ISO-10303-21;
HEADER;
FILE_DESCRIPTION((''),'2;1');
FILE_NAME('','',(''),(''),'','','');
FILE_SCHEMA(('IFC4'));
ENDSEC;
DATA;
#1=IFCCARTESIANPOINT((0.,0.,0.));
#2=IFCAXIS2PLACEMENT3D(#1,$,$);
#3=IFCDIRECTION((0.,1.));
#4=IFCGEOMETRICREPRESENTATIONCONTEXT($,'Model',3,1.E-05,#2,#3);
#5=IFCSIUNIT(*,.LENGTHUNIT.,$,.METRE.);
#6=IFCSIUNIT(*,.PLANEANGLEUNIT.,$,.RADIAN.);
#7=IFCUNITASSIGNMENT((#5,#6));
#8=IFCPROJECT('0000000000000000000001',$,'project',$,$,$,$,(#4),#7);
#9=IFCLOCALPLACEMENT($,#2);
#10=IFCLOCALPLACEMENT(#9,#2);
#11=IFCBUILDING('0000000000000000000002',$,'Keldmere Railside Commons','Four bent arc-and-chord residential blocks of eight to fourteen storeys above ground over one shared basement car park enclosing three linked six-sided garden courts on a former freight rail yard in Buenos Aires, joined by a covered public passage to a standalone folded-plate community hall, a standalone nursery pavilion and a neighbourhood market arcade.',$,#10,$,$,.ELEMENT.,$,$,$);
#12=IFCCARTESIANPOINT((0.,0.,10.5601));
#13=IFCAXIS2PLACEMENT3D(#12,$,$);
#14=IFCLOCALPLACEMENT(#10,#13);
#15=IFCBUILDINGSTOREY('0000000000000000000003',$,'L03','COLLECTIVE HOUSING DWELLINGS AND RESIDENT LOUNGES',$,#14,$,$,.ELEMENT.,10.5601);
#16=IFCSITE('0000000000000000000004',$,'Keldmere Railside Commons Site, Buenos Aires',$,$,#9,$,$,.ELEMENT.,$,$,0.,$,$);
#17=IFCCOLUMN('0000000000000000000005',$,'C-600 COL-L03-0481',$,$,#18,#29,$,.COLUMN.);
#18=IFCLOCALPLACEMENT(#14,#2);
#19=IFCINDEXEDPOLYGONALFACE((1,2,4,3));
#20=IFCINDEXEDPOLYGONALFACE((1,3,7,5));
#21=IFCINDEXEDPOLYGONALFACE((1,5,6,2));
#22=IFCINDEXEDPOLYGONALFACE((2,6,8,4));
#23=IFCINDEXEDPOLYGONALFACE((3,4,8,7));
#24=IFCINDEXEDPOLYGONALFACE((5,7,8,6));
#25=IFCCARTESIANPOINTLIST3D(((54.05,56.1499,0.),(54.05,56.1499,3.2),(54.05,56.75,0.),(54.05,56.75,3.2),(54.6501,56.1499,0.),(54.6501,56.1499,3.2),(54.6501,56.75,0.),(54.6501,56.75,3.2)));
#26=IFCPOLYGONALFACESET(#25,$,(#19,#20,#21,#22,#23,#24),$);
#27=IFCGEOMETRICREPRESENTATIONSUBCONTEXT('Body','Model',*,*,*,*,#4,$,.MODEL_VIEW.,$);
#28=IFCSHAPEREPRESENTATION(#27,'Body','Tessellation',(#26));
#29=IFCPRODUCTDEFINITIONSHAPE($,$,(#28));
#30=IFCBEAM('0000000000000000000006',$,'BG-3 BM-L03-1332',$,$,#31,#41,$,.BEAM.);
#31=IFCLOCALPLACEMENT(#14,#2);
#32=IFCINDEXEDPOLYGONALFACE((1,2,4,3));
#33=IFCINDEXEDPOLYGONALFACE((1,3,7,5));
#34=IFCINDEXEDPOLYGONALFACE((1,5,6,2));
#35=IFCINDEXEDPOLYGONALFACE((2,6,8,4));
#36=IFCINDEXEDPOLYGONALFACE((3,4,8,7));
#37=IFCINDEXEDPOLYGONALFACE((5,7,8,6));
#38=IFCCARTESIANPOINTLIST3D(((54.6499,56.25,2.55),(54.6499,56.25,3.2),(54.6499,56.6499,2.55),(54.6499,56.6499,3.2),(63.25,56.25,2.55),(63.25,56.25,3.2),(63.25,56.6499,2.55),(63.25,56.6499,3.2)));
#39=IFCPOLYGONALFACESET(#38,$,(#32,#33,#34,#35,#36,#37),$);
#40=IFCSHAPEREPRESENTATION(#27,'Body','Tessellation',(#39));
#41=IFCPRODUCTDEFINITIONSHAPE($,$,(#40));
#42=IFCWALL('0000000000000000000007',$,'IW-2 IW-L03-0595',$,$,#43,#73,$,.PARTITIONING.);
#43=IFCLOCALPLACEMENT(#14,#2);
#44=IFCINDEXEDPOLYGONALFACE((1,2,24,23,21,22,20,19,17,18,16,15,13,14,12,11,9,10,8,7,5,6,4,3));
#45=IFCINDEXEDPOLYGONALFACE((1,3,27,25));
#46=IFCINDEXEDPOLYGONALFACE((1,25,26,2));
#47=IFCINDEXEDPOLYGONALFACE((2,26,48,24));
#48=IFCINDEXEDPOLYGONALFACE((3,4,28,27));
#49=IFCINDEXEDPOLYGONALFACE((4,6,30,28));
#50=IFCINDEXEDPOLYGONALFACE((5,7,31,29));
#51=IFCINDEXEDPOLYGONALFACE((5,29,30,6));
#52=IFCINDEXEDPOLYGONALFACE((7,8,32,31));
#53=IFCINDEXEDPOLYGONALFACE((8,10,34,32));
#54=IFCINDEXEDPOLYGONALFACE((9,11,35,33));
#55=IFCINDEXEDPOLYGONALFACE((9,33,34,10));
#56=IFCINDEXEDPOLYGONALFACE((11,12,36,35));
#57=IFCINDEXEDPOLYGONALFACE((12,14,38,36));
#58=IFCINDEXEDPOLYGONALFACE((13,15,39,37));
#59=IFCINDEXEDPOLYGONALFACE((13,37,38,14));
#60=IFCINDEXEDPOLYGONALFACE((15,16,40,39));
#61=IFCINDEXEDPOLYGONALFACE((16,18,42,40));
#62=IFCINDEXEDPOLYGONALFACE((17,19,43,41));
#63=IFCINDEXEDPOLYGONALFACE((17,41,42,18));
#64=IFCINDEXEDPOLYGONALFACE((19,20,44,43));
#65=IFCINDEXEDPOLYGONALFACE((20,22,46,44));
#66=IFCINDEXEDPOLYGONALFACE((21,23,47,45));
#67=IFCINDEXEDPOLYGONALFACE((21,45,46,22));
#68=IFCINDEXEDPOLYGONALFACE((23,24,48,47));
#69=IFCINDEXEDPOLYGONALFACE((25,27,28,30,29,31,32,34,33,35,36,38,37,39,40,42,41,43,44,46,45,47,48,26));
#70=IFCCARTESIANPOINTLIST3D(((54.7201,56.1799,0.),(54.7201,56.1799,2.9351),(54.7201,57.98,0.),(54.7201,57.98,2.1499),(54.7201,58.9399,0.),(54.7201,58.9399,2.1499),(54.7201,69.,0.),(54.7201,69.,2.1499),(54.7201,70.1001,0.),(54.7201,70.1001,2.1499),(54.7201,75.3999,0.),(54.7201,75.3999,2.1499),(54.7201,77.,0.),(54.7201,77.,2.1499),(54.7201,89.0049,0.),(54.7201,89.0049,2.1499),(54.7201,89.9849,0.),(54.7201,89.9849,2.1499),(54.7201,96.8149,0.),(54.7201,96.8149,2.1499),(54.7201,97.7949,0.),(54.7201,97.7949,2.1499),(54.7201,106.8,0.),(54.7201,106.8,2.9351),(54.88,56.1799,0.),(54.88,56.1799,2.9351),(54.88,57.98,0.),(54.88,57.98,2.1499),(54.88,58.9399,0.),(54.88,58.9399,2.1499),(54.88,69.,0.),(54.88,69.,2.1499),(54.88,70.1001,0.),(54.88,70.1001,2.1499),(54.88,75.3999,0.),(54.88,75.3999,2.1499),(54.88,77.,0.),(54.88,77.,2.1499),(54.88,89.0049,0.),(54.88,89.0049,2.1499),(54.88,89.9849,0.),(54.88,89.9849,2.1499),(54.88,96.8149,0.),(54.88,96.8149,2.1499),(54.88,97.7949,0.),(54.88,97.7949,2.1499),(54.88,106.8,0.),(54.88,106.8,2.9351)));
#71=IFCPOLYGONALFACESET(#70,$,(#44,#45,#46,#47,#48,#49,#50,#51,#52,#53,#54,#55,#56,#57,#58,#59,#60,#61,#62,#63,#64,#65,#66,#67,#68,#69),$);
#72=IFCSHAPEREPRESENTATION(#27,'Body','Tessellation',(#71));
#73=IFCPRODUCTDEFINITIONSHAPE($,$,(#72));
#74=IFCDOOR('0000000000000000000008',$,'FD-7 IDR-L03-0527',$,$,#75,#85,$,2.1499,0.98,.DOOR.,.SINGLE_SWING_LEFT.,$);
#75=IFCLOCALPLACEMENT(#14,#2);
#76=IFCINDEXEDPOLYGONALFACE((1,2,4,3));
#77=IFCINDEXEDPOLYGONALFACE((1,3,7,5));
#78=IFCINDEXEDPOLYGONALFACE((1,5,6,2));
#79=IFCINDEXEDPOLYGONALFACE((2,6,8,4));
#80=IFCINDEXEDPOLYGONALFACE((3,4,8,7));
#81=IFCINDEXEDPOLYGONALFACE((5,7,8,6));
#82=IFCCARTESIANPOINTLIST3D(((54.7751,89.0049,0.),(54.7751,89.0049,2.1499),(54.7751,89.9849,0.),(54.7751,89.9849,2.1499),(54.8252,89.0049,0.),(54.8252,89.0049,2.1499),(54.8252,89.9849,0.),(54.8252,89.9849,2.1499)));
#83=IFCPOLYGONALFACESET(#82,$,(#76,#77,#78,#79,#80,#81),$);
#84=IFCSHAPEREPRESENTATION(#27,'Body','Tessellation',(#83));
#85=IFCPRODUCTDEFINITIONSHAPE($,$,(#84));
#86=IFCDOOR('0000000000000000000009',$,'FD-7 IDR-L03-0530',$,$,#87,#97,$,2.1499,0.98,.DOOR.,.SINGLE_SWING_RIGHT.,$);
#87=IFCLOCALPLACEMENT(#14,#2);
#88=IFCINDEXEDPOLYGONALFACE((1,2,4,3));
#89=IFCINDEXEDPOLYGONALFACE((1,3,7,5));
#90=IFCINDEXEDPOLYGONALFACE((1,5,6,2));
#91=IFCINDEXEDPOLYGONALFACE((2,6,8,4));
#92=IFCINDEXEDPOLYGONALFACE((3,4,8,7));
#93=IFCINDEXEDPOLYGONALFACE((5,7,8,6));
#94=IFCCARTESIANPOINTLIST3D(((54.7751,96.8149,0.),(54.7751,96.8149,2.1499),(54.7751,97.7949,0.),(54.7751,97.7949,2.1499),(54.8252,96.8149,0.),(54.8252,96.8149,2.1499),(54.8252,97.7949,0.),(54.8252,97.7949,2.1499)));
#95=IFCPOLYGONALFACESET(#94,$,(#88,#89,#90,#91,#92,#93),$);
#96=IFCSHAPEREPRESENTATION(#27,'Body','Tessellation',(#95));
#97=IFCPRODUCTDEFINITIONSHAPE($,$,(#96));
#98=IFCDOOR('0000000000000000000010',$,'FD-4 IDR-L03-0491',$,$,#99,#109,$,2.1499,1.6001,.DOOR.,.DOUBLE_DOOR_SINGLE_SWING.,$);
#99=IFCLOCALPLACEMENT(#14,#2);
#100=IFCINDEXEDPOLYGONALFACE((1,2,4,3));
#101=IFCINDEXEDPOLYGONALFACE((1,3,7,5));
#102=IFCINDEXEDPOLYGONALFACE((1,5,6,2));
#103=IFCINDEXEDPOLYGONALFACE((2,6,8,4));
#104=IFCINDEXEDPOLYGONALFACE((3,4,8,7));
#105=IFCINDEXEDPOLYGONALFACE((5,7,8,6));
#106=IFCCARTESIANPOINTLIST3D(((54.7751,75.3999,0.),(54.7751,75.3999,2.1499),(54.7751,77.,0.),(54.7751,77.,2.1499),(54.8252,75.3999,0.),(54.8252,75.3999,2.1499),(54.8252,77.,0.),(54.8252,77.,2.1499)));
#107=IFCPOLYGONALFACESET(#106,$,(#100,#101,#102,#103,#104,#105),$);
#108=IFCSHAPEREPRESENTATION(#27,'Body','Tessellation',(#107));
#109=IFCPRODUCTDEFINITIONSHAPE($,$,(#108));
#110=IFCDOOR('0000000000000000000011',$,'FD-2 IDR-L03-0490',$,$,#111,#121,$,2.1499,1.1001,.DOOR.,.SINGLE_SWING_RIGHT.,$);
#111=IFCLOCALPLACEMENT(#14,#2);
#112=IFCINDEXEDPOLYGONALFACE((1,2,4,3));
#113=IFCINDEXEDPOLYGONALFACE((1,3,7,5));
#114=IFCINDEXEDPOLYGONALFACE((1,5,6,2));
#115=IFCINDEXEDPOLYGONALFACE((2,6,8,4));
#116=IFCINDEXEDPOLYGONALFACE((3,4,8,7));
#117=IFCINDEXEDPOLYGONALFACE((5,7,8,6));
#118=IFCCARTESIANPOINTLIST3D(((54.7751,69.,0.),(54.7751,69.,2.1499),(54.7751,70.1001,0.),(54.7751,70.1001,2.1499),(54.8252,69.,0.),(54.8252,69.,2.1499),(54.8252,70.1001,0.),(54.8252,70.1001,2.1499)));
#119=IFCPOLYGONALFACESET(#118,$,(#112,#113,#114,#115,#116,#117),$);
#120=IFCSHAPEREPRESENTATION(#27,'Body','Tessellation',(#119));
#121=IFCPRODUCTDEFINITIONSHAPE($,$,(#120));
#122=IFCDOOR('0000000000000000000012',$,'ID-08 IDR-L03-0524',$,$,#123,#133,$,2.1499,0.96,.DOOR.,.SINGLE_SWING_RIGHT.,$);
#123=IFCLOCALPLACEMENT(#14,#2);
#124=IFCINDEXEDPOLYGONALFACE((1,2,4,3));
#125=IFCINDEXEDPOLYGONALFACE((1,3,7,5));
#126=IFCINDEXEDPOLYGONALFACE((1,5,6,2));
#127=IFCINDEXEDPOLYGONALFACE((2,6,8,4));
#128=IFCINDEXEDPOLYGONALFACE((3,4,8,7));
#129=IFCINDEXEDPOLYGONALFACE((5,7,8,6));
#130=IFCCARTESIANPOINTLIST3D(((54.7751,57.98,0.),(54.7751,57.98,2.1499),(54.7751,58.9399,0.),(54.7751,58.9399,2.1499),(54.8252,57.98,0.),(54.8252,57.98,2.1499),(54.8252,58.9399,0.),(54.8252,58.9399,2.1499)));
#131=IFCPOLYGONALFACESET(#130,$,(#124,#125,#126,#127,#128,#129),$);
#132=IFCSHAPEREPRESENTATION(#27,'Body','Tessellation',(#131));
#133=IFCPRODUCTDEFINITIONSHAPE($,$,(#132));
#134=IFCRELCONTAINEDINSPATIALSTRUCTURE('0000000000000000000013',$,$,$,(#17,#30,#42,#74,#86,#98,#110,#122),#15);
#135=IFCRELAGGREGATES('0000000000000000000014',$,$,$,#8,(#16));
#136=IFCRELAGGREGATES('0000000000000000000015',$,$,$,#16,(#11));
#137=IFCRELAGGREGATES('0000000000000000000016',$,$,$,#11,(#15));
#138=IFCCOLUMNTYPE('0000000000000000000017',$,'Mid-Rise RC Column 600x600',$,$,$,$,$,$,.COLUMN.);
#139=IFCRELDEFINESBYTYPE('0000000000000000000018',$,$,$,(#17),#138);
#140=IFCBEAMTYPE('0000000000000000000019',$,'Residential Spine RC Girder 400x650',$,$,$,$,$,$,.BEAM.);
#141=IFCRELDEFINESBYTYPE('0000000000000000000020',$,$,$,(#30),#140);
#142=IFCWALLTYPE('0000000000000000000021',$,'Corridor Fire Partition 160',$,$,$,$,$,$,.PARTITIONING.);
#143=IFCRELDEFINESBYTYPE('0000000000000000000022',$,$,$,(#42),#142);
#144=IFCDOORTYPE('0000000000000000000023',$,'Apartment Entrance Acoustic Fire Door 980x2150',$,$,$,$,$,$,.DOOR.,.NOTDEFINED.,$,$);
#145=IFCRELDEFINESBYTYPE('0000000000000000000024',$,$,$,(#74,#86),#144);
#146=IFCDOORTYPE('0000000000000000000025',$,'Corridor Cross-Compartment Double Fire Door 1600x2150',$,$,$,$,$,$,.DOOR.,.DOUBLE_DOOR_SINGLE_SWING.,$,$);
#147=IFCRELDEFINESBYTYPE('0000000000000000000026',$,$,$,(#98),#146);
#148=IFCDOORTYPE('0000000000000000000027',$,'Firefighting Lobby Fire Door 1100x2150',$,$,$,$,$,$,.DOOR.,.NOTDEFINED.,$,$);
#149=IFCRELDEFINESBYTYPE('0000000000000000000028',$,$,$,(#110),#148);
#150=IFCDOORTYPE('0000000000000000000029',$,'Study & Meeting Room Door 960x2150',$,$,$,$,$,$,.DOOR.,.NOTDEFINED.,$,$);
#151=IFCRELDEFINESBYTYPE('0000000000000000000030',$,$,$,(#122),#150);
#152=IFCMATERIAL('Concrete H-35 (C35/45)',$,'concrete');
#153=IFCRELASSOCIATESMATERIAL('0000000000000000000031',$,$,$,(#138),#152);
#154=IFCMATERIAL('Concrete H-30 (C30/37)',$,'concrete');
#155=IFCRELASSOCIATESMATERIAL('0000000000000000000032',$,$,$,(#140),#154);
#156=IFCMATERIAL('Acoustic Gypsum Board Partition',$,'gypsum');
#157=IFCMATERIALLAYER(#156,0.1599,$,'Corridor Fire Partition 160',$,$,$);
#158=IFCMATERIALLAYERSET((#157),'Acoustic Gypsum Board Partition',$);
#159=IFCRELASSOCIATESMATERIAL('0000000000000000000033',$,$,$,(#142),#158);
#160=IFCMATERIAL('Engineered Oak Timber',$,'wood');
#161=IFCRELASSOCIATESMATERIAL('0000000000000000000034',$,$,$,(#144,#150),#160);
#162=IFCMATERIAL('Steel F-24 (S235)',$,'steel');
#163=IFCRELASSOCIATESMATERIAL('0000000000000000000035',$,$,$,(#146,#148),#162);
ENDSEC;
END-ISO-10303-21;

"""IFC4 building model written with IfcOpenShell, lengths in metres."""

from ifc_helpers import new_model, si_unit, direction, frame, frame_2d, origin, origin_2d, place, context, subcontext, project, spatial, rectangle, extrude, material, layer, layer_set, material_profile, profile_set, type_object, element, fill, save


model = new_model("IFC4")

# Units and contexts
model_context = context("Model", 3, precision=1e-05, world=origin(), true_north=direction((0.0, 1.0)))
body_context = subcontext(model_context, "Body", "Model", "MODEL_VIEW")
ifc_project = project(units=[si_unit("LENGTHUNIT", "METRE"), si_unit("PLANEANGLEUNIT", "RADIAN")], contexts=[model_context])

# Site, building, storey
site_placement = place(None, origin())
site = spatial("IfcSite", under=ifc_project, at=site_placement, Name="Keldmere Railside Commons Site, Buenos Aires", CompositionType="ELEMENT", RefElevation=0.0)
building_placement = place(site_placement, origin())
building = spatial("IfcBuilding", under=site, at=building_placement, Name="Keldmere Railside Commons", Description="Four bent arc-and-chord residential blocks of eight to fourteen storeys above ground over one shared basement car park enclosing three linked six-sided garden courts on a former freight rail yard in Buenos Aires, joined by a covered public passage to a standalone folded-plate community hall, a standalone nursery pavilion and a neighbourhood market arcade.", CompositionType="ELEMENT")
storey_placement = place(building_placement, frame((0.0, 0.0, 10.5601)))
storey = spatial("IfcBuildingStorey", under=building, at=storey_placement, Name="L03", Description="COLLECTIVE HOUSING DWELLINGS AND RESIDENT LOUNGES", CompositionType="ELEMENT", Elevation=10.5601)

# Column
ifc_material_1 = material(Name="Concrete H-35 (C35/45)", Category="concrete")
ifc_material_profile_1 = material_profile(ifc_material_1, rectangle(XDim=0.6001, YDim=0.6001, at=origin_2d()), Name="RC-600x600")
ifc_profile_set_1 = profile_set([ifc_material_profile_1], Name="Concrete H-35 (C35/45)")
column_type = type_object("IfcColumnType", Name="Mid-Rise RC Column 600x600", PredefinedType="COLUMN", material=ifc_profile_set_1)
column_placement = place(storey_placement, frame((54.3501, 56.45, 0.0), z_axis=(0.0, 0.0, 1.0), x_axis=(1.0, 0.0, 0.0)))
element("IfcColumn", 1, at=column_placement, inside=storey, type_object=column_type, Name="C-600 COL-L03-0481", PredefinedType="COLUMN", context=body_context, shape_type="SweptSolid", body=[
    extrude(rectangle(XDim=0.6001, YDim=0.6001, at=origin_2d()), origin(), (0.0, 0.0, 1.0), 3.2),
])

# Beam
ifc_material_2 = material(Name="Concrete H-30 (C30/37)", Category="concrete")
ifc_material_profile_2 = material_profile(ifc_material_2, rectangle(XDim=0.3999, YDim=0.6499, at=origin_2d()), Name="RC-400x650")
ifc_profile_set_2 = profile_set([ifc_material_profile_2], Name="Concrete H-30 (C30/37)")
beam_type = type_object("IfcBeamType", Name="Residential Spine RC Girder 400x650", PredefinedType="BEAM", material=ifc_profile_set_2)
beam_placement = place(storey_placement, frame((54.6499, 56.45, 2.875), z_axis=(1.0, 0.0, 0.0), x_axis=(0.0, 1.0, 0.0)))
element("IfcBeam", 2, at=beam_placement, inside=storey, type_object=beam_type, Name="BG-3 BM-L03-1332", PredefinedType="BEAM", context=body_context, shape_type="SweptSolid", body=[
    extrude(rectangle(XDim=0.3999, YDim=0.6499, at=origin_2d()), origin(), (0.0, 0.0, 1.0), 8.6001),
])

# Wall, openings, doors
ifc_material_3 = material(Name="Acoustic Gypsum Board Partition", Category="gypsum")
ifc_layer = layer(ifc_material_3, 0.1599, Name="Corridor Fire Partition 160")
ifc_layer_set = layer_set([ifc_layer], Name="Acoustic Gypsum Board Partition")
wall_type = type_object("IfcWallType", Name="Corridor Fire Partition 160", PredefinedType="PARTITIONING", material=ifc_layer_set)
wall_1_placement = place(storey_placement, frame((54.8, 56.1799, 0.0), z_axis=(0.0, 0.0, 1.0), x_axis=(0.0, 1.0, 0.0)))
wall_1 = element("IfcWall", 3, at=wall_1_placement, inside=storey, type_object=wall_type, Name="IW-2 IW-L03-0595", PredefinedType="PARTITIONING", context=body_context, shape_type="SweptSolid", body=[
    extrude(rectangle(XDim=50.6201, YDim=0.1599, at=frame_2d((25.3101, 0.0))), origin(), (0.0, 0.0, 1.0), 2.9351),
])
opening_1_placement = place(wall_1_placement, frame((12.8201, 0.0, 0.0)))
opening_1 = element("IfcOpeningElement", 4, at=opening_1_placement, cuts=wall_1, PredefinedType="OPENING", context=body_context, shape_type="SweptSolid", body=[
    extrude(rectangle(XDim=1.1001, YDim=2.1499, at=frame_2d((0.55, 1.075))), frame((0.0, 0.0898, 0.0), z_axis=(0.0, -1.0, 0.0), x_axis=(1.0, 0.0, 0.0)), (0.0, 0.0, 1.0), 0.1799),
])
opening_2_placement = place(wall_1_placement, frame((19.22, 0.0, 0.0)))
opening_2 = element("IfcOpeningElement", 5, at=opening_2_placement, cuts=wall_1, PredefinedType="OPENING", context=body_context, shape_type="SweptSolid", body=[
    extrude(rectangle(XDim=1.6001, YDim=2.1499, at=frame_2d((0.8, 1.075))), frame((0.0, 0.0898, 0.0), z_axis=(0.0, -1.0, 0.0), x_axis=(1.0, 0.0, 0.0)), (0.0, 0.0, 1.0), 0.1799),
])
opening_3_placement = place(wall_1_placement, frame((1.8, 0.0, 0.0)))
opening_3 = element("IfcOpeningElement", 6, at=opening_3_placement, cuts=wall_1, PredefinedType="OPENING", context=body_context, shape_type="SweptSolid", body=[
    extrude(rectangle(XDim=0.96, YDim=2.1499, at=frame_2d((0.48, 1.075))), frame((0.0, 0.0898, 0.0), z_axis=(0.0, -1.0, 0.0), x_axis=(1.0, 0.0, 0.0)), (0.0, 0.0, 1.0), 0.1799),
])
opening_4_placement = place(wall_1_placement, frame((32.825, 0.0, 0.0)))
opening_4 = element("IfcOpeningElement", 7, at=opening_4_placement, cuts=wall_1, PredefinedType="OPENING", context=body_context, shape_type="SweptSolid", body=[
    extrude(rectangle(XDim=0.98, YDim=2.1499, at=frame_2d((0.49, 1.075))), frame((0.0, 0.0898, 0.0), z_axis=(0.0, -1.0, 0.0), x_axis=(1.0, 0.0, 0.0)), (0.0, 0.0, 1.0), 0.1799),
])
opening_5_placement = place(wall_1_placement, frame((40.635, 0.0, 0.0)))
opening_5 = element("IfcOpeningElement", 8, at=opening_5_placement, cuts=wall_1, PredefinedType="OPENING", context=body_context, shape_type="SweptSolid", body=[
    extrude(rectangle(XDim=0.98, YDim=2.1499, at=frame_2d((0.49, 1.075))), frame((0.0, 0.0898, 0.0), z_axis=(0.0, -1.0, 0.0), x_axis=(1.0, 0.0, 0.0)), (0.0, 0.0, 1.0), 0.1799),
])
ifc_material_4 = material(Name="Engineered Oak Timber", Category="wood")
door_type_1 = type_object("IfcDoorType", Name="Apartment Entrance Acoustic Fire Door 980x2150", OperationType="NOTDEFINED", PredefinedType="DOOR", material=ifc_material_4)
door_1_placement = place(opening_4_placement, origin())
door_1 = element("IfcDoor", 9, at=door_1_placement, inside=storey, type_object=door_type_1, Name="FD-7 IDR-L03-0527", OperationType="SINGLE_SWING_LEFT", OverallHeight=2.1499, OverallWidth=0.98, PredefinedType="DOOR", context=body_context, shape_type="SweptSolid", body=[
    extrude(rectangle(XDim=0.98, YDim=2.1499, at=frame_2d((0.49, 1.075))), frame((0.0, 0.0249, 0.0), z_axis=(0.0, -1.0, 0.0), x_axis=(1.0, 0.0, 0.0)), (0.0, 0.0, 1.0), 0.05),
])
fill(opening_4, door_1)
door_2_placement = place(opening_5_placement, origin())
door_2 = element("IfcDoor", 10, at=door_2_placement, inside=storey, type_object=door_type_1, Name="FD-7 IDR-L03-0530", OperationType="SINGLE_SWING_RIGHT", OverallHeight=2.1499, OverallWidth=0.98, PredefinedType="DOOR", context=body_context, shape_type="SweptSolid", body=[
    extrude(rectangle(XDim=0.98, YDim=2.1499, at=frame_2d((0.49, 1.075))), frame((0.0, 0.0249, 0.0), z_axis=(0.0, -1.0, 0.0), x_axis=(1.0, 0.0, 0.0)), (0.0, 0.0, 1.0), 0.05),
])
fill(opening_5, door_2)
ifc_material_5 = material(Name="Steel F-24 (S235)", Category="steel")
door_type_2 = type_object("IfcDoorType", Name="Corridor Cross-Compartment Double Fire Door 1600x2150", OperationType="DOUBLE_DOOR_SINGLE_SWING", PredefinedType="DOOR", material=ifc_material_5)
door_3_placement = place(opening_2_placement, origin())
door_3 = element("IfcDoor", 11, at=door_3_placement, inside=storey, type_object=door_type_2, Name="FD-4 IDR-L03-0491", OperationType="DOUBLE_DOOR_SINGLE_SWING", OverallHeight=2.1499, OverallWidth=1.6001, PredefinedType="DOOR", context=body_context, shape_type="SweptSolid", body=[
    extrude(rectangle(XDim=1.6001, YDim=2.1499, at=frame_2d((0.8, 1.075))), frame((0.0, 0.0249, 0.0), z_axis=(0.0, -1.0, 0.0), x_axis=(1.0, 0.0, 0.0)), (0.0, 0.0, 1.0), 0.05),
])
fill(opening_2, door_3)
door_type_3 = type_object("IfcDoorType", Name="Firefighting Lobby Fire Door 1100x2150", OperationType="NOTDEFINED", PredefinedType="DOOR", material=ifc_material_5)
door_4_placement = place(opening_1_placement, origin())
door_4 = element("IfcDoor", 12, at=door_4_placement, inside=storey, type_object=door_type_3, Name="FD-2 IDR-L03-0490", OperationType="SINGLE_SWING_RIGHT", OverallHeight=2.1499, OverallWidth=1.1001, PredefinedType="DOOR", context=body_context, shape_type="SweptSolid", body=[
    extrude(rectangle(XDim=1.1001, YDim=2.1499, at=frame_2d((0.55, 1.075))), frame((0.0, 0.0249, 0.0), z_axis=(0.0, -1.0, 0.0), x_axis=(1.0, 0.0, 0.0)), (0.0, 0.0, 1.0), 0.05),
])
fill(opening_1, door_4)
door_type_4 = type_object("IfcDoorType", Name="Study & Meeting Room Door 960x2150", OperationType="NOTDEFINED", PredefinedType="DOOR", material=ifc_material_4)
door_5_placement = place(opening_3_placement, origin())
door_5 = element("IfcDoor", 13, at=door_5_placement, inside=storey, type_object=door_type_4, Name="ID-08 IDR-L03-0524", OperationType="SINGLE_SWING_RIGHT", OverallHeight=2.1499, OverallWidth=0.96, PredefinedType="DOOR", context=body_context, shape_type="SweptSolid", body=[
    extrude(rectangle(XDim=0.96, YDim=2.1499, at=frame_2d((0.48, 1.075))), frame((0.0, 0.0249, 0.0), z_axis=(0.0, -1.0, 0.0), x_axis=(1.0, 0.0, 0.0)), (0.0, 0.0, 1.0), 0.05),
])
fill(opening_3, door_5)

save(model, "model.ifc")
